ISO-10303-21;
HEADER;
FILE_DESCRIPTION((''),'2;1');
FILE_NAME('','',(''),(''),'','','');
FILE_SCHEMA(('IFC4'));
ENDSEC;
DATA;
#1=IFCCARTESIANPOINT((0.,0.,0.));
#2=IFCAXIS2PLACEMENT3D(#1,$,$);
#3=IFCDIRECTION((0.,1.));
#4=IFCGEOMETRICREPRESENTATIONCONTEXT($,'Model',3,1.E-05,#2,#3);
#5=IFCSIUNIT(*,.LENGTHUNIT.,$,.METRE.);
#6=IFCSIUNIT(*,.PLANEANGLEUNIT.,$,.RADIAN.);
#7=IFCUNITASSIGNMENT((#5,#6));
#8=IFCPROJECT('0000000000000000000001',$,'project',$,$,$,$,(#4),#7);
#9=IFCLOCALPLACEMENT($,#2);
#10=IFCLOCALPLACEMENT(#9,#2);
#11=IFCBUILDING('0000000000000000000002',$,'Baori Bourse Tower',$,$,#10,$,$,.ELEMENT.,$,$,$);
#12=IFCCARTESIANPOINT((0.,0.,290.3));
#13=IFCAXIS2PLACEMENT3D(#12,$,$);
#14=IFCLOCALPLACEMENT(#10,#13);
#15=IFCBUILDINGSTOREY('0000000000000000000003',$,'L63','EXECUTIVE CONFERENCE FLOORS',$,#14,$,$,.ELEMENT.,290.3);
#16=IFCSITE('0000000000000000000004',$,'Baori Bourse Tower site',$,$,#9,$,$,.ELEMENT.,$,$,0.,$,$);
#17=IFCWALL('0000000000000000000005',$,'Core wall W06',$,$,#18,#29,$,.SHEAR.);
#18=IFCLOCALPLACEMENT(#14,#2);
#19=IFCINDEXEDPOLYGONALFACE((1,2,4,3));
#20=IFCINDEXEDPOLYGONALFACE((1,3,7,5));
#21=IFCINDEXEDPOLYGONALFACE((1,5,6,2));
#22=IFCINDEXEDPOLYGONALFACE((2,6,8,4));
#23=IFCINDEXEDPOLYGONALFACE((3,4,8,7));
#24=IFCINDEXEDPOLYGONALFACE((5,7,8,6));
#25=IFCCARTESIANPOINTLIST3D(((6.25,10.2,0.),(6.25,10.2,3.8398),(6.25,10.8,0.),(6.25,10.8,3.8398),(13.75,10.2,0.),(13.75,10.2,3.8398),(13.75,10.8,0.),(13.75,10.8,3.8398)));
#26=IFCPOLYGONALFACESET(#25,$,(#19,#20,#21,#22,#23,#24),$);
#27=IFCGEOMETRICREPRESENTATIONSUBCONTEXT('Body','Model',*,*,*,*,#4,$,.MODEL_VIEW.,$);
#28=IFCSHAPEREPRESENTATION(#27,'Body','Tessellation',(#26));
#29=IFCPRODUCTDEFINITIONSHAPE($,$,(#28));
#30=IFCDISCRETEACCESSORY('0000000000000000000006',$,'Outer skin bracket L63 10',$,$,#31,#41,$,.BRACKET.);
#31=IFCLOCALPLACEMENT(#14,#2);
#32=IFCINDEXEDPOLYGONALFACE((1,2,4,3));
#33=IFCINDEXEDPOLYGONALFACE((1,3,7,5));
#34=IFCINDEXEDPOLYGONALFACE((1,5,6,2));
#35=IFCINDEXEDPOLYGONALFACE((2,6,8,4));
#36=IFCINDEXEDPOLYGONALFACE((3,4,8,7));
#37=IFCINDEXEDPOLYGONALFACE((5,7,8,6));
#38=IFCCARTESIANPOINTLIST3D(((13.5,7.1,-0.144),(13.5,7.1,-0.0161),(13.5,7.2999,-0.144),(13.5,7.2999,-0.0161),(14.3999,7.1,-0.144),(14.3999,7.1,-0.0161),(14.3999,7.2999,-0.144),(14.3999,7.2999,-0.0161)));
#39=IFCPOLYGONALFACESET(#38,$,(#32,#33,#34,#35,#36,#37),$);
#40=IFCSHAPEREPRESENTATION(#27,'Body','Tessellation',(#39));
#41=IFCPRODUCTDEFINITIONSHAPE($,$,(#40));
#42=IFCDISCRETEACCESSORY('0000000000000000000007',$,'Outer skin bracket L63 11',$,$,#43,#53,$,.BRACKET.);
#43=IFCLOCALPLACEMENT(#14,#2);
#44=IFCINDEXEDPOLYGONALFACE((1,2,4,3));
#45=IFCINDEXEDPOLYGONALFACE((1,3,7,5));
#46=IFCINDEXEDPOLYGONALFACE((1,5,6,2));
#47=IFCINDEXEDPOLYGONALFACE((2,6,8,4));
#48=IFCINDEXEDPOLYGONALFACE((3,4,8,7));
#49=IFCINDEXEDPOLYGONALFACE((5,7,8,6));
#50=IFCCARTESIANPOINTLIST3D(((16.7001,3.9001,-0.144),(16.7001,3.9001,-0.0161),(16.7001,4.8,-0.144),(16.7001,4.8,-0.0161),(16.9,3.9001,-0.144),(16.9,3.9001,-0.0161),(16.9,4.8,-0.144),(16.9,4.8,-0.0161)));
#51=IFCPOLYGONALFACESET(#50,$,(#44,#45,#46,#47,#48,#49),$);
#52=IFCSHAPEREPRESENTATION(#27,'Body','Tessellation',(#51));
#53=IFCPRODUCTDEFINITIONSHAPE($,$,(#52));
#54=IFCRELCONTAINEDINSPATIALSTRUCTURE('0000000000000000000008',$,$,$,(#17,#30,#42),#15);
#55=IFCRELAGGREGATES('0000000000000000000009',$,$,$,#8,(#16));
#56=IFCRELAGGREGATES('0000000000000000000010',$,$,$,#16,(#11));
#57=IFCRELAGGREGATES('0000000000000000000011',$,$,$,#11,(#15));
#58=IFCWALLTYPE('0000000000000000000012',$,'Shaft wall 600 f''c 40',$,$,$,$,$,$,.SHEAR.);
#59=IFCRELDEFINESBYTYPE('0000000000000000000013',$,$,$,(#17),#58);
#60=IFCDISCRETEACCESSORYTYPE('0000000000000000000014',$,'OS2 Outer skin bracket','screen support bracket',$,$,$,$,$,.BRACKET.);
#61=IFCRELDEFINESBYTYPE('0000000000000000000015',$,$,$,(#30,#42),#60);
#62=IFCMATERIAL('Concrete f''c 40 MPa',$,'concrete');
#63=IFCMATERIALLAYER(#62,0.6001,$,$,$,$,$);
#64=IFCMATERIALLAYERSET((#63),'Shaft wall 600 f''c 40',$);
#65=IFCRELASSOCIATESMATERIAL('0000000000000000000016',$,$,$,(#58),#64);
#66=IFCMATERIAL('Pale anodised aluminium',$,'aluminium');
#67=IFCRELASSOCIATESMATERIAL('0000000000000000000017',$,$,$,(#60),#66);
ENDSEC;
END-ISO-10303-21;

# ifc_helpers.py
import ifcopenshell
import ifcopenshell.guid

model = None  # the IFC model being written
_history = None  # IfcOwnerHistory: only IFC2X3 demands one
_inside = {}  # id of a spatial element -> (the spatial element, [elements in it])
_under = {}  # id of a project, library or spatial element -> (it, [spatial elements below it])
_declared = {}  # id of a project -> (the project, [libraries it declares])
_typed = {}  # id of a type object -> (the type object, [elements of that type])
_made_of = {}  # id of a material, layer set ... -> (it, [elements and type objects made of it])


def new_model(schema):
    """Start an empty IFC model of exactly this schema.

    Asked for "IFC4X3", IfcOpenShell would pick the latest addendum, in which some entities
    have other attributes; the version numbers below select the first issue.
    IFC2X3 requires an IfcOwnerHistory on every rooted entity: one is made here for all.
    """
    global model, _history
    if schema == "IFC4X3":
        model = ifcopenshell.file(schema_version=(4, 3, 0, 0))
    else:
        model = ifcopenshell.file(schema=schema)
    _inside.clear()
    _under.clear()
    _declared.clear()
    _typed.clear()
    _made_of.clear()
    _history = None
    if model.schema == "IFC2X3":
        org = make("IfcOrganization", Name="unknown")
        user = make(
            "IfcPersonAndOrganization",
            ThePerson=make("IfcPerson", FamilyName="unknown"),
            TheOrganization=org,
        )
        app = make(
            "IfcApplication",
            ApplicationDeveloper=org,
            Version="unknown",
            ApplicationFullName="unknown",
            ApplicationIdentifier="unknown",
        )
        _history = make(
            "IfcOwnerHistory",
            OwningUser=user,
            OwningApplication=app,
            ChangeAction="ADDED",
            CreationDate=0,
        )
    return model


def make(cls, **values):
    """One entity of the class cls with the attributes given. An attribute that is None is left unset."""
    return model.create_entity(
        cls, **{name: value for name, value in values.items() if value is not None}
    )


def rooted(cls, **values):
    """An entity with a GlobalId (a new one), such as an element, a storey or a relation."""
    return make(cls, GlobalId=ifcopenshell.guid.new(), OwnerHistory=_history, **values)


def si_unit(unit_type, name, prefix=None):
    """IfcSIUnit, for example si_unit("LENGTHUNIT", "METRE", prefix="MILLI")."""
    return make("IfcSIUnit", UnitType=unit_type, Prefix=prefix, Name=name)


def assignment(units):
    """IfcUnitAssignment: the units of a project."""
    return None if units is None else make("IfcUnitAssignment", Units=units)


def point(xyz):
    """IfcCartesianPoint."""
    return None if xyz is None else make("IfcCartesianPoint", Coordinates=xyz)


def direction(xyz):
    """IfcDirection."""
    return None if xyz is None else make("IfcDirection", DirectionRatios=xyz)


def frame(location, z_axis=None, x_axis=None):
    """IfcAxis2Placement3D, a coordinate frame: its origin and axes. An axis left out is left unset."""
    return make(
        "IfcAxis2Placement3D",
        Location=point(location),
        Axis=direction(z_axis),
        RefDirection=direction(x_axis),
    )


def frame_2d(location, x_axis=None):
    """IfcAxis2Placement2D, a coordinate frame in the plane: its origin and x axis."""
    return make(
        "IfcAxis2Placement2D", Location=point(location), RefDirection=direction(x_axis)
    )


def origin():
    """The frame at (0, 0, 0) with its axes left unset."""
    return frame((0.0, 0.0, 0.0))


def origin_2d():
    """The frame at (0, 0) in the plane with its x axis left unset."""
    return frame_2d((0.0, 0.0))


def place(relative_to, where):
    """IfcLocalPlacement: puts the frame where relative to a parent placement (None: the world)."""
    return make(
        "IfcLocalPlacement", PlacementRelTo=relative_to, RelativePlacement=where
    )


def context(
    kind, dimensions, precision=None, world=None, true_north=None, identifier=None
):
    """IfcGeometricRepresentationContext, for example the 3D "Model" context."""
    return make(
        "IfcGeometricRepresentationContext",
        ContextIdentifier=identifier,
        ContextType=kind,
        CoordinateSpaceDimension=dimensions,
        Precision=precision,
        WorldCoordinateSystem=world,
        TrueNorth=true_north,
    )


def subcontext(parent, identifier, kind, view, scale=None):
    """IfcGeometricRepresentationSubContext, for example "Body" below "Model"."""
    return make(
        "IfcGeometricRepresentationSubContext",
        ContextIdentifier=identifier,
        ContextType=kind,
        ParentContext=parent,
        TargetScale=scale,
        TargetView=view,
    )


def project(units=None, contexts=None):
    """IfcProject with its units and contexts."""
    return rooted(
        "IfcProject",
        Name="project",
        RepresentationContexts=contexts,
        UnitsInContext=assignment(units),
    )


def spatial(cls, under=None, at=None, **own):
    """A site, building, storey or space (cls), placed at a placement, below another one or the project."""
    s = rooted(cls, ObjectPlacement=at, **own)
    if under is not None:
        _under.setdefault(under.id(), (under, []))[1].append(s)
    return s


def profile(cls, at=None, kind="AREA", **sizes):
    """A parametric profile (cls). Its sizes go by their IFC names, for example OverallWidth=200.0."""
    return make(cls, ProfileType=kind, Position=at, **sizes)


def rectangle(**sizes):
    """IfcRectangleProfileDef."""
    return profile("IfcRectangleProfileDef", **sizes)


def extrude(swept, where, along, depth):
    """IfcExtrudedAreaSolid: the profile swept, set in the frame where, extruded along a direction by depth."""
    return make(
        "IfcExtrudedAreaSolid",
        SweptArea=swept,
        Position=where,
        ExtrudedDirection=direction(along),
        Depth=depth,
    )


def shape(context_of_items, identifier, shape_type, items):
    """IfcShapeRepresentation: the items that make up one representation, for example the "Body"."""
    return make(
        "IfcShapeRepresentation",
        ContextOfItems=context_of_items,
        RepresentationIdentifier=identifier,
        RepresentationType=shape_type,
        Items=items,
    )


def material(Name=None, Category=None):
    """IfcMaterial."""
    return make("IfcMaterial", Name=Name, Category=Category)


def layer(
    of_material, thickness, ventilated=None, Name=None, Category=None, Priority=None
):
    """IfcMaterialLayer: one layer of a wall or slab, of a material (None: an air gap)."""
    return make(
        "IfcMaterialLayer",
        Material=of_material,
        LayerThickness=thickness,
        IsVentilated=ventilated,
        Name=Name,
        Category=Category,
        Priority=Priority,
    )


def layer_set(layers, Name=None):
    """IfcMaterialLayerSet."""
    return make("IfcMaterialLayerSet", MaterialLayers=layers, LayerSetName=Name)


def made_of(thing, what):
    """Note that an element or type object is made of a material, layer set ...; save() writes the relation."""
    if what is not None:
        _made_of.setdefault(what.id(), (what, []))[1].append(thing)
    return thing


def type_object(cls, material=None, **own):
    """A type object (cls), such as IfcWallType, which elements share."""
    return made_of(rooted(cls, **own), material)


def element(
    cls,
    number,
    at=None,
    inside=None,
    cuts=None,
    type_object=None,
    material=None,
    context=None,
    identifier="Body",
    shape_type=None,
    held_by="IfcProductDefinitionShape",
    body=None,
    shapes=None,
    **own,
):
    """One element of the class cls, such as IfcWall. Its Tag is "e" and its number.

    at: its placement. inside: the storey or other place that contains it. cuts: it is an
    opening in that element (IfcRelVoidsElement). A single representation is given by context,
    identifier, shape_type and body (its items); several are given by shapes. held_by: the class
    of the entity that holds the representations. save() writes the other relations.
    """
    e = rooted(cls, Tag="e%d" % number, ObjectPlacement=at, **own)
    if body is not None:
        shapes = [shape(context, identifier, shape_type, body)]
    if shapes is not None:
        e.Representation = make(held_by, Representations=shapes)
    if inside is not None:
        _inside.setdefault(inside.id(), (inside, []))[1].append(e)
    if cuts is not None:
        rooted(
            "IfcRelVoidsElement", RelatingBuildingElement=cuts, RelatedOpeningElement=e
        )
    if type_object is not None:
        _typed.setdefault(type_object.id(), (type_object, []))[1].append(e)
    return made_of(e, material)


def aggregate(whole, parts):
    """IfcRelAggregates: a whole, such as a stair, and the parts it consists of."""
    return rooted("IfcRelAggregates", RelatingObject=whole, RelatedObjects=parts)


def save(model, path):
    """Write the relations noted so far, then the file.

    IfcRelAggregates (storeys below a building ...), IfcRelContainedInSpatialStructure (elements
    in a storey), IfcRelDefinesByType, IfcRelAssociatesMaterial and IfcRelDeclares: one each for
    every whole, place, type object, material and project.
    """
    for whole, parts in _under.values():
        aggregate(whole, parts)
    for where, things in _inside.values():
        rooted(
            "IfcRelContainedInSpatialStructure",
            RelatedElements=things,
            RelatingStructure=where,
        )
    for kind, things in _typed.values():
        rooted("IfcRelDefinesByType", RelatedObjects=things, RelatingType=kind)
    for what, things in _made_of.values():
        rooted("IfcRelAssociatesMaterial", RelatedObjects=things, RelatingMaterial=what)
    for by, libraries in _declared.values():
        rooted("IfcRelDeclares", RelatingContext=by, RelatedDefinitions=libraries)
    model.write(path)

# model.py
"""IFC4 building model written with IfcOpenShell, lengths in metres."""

from ifc_helpers import new_model, si_unit, direction, frame, frame_2d, origin, origin_2d, place, context, subcontext, project, spatial, rectangle, extrude, material, layer, layer_set, type_object, element, save


model = new_model("IFC4")

# Units and contexts
model_context = context("Model", 3, precision=1e-05, world=origin(), true_north=direction((0.0, 1.0)))
body_context = subcontext(model_context, "Body", "Model", "MODEL_VIEW")
ifc_project = project(units=[si_unit("LENGTHUNIT", "METRE"), si_unit("PLANEANGLEUNIT", "RADIAN")], contexts=[model_context])

# Site, building, storey
site_placement = place(None, origin())
site = spatial("IfcSite", under=ifc_project, at=site_placement, Name="Baori Bourse Tower site", CompositionType="ELEMENT", RefElevation=0.0)
building_placement = place(site_placement, origin())
building = spatial("IfcBuilding", under=site, at=building_placement, Name="Baori Bourse Tower", CompositionType="ELEMENT")
storey_placement = place(building_placement, frame((0.0, 0.0, 290.3)))
storey = spatial("IfcBuildingStorey", under=building, at=storey_placement, Name="L63", Description="EXECUTIVE CONFERENCE FLOORS", CompositionType="ELEMENT", Elevation=290.3)

# Wall
ifc_material_1 = material(Name="Concrete f'c 40 MPa", Category="concrete")
ifc_layer_1 = layer(ifc_material_1, 0.6001)
ifc_layer_set_1 = layer_set([ifc_layer_1], Name="Shaft wall 600 f'c 40")
wall_type_1 = type_object("IfcWallType", Name="Shaft wall 600 f'c 40", PredefinedType="SHEAR", material=ifc_layer_set_1)
wall_1_placement = place(storey_placement, frame((6.25, 10.5, 0.0), z_axis=(0.0, 0.0, 1.0), x_axis=(1.0, 0.0, 0.0)))
element("IfcWall", 1, at=wall_1_placement, inside=storey, type_object=wall_type_1, Name="Core wall W06", PredefinedType="SHEAR", context=body_context, shape_type="SweptSolid", body=[
    extrude(rectangle(XDim=7.5, YDim=0.6001, at=frame_2d((3.75, 0.0))), origin(), (0.0, 0.0, 1.0), 3.8398),
])

# Discrete accessories
ifc_material_2 = material(Name="Pale anodised aluminium", Category="aluminium")
discrete_accessory_type = type_object("IfcDiscreteAccessoryType", Name="OS2 Outer skin bracket", Description="screen support bracket", PredefinedType="BRACKET", material=ifc_material_2)
for number, where, z_axis, x_axis, name in (
    (2, (13.95, 7.2, -0.144), (0.0, 0.0, 1.0), (0.0, -1.0, 0.0), "Outer skin bracket L63 10"),
    (3, (16.8, 4.3501, -0.144), (0.0, 0.0, 1.0), (1.0, 0.0, 0.0), "Outer skin bracket L63 11"),
):
    element("IfcDiscreteAccessory", number, at=place(storey_placement, frame(where, z_axis=z_axis, x_axis=x_axis)), inside=storey, type_object=discrete_accessory_type, Name=name, PredefinedType="BRACKET", context=body_context, shape_type="SweptSolid", body=[
        extrude(rectangle(XDim=0.2, YDim=0.8999, at=origin_2d()), origin(), (0.0, 0.0, 1.0), 0.1279),
    ])

save(model, "model.ifc")
